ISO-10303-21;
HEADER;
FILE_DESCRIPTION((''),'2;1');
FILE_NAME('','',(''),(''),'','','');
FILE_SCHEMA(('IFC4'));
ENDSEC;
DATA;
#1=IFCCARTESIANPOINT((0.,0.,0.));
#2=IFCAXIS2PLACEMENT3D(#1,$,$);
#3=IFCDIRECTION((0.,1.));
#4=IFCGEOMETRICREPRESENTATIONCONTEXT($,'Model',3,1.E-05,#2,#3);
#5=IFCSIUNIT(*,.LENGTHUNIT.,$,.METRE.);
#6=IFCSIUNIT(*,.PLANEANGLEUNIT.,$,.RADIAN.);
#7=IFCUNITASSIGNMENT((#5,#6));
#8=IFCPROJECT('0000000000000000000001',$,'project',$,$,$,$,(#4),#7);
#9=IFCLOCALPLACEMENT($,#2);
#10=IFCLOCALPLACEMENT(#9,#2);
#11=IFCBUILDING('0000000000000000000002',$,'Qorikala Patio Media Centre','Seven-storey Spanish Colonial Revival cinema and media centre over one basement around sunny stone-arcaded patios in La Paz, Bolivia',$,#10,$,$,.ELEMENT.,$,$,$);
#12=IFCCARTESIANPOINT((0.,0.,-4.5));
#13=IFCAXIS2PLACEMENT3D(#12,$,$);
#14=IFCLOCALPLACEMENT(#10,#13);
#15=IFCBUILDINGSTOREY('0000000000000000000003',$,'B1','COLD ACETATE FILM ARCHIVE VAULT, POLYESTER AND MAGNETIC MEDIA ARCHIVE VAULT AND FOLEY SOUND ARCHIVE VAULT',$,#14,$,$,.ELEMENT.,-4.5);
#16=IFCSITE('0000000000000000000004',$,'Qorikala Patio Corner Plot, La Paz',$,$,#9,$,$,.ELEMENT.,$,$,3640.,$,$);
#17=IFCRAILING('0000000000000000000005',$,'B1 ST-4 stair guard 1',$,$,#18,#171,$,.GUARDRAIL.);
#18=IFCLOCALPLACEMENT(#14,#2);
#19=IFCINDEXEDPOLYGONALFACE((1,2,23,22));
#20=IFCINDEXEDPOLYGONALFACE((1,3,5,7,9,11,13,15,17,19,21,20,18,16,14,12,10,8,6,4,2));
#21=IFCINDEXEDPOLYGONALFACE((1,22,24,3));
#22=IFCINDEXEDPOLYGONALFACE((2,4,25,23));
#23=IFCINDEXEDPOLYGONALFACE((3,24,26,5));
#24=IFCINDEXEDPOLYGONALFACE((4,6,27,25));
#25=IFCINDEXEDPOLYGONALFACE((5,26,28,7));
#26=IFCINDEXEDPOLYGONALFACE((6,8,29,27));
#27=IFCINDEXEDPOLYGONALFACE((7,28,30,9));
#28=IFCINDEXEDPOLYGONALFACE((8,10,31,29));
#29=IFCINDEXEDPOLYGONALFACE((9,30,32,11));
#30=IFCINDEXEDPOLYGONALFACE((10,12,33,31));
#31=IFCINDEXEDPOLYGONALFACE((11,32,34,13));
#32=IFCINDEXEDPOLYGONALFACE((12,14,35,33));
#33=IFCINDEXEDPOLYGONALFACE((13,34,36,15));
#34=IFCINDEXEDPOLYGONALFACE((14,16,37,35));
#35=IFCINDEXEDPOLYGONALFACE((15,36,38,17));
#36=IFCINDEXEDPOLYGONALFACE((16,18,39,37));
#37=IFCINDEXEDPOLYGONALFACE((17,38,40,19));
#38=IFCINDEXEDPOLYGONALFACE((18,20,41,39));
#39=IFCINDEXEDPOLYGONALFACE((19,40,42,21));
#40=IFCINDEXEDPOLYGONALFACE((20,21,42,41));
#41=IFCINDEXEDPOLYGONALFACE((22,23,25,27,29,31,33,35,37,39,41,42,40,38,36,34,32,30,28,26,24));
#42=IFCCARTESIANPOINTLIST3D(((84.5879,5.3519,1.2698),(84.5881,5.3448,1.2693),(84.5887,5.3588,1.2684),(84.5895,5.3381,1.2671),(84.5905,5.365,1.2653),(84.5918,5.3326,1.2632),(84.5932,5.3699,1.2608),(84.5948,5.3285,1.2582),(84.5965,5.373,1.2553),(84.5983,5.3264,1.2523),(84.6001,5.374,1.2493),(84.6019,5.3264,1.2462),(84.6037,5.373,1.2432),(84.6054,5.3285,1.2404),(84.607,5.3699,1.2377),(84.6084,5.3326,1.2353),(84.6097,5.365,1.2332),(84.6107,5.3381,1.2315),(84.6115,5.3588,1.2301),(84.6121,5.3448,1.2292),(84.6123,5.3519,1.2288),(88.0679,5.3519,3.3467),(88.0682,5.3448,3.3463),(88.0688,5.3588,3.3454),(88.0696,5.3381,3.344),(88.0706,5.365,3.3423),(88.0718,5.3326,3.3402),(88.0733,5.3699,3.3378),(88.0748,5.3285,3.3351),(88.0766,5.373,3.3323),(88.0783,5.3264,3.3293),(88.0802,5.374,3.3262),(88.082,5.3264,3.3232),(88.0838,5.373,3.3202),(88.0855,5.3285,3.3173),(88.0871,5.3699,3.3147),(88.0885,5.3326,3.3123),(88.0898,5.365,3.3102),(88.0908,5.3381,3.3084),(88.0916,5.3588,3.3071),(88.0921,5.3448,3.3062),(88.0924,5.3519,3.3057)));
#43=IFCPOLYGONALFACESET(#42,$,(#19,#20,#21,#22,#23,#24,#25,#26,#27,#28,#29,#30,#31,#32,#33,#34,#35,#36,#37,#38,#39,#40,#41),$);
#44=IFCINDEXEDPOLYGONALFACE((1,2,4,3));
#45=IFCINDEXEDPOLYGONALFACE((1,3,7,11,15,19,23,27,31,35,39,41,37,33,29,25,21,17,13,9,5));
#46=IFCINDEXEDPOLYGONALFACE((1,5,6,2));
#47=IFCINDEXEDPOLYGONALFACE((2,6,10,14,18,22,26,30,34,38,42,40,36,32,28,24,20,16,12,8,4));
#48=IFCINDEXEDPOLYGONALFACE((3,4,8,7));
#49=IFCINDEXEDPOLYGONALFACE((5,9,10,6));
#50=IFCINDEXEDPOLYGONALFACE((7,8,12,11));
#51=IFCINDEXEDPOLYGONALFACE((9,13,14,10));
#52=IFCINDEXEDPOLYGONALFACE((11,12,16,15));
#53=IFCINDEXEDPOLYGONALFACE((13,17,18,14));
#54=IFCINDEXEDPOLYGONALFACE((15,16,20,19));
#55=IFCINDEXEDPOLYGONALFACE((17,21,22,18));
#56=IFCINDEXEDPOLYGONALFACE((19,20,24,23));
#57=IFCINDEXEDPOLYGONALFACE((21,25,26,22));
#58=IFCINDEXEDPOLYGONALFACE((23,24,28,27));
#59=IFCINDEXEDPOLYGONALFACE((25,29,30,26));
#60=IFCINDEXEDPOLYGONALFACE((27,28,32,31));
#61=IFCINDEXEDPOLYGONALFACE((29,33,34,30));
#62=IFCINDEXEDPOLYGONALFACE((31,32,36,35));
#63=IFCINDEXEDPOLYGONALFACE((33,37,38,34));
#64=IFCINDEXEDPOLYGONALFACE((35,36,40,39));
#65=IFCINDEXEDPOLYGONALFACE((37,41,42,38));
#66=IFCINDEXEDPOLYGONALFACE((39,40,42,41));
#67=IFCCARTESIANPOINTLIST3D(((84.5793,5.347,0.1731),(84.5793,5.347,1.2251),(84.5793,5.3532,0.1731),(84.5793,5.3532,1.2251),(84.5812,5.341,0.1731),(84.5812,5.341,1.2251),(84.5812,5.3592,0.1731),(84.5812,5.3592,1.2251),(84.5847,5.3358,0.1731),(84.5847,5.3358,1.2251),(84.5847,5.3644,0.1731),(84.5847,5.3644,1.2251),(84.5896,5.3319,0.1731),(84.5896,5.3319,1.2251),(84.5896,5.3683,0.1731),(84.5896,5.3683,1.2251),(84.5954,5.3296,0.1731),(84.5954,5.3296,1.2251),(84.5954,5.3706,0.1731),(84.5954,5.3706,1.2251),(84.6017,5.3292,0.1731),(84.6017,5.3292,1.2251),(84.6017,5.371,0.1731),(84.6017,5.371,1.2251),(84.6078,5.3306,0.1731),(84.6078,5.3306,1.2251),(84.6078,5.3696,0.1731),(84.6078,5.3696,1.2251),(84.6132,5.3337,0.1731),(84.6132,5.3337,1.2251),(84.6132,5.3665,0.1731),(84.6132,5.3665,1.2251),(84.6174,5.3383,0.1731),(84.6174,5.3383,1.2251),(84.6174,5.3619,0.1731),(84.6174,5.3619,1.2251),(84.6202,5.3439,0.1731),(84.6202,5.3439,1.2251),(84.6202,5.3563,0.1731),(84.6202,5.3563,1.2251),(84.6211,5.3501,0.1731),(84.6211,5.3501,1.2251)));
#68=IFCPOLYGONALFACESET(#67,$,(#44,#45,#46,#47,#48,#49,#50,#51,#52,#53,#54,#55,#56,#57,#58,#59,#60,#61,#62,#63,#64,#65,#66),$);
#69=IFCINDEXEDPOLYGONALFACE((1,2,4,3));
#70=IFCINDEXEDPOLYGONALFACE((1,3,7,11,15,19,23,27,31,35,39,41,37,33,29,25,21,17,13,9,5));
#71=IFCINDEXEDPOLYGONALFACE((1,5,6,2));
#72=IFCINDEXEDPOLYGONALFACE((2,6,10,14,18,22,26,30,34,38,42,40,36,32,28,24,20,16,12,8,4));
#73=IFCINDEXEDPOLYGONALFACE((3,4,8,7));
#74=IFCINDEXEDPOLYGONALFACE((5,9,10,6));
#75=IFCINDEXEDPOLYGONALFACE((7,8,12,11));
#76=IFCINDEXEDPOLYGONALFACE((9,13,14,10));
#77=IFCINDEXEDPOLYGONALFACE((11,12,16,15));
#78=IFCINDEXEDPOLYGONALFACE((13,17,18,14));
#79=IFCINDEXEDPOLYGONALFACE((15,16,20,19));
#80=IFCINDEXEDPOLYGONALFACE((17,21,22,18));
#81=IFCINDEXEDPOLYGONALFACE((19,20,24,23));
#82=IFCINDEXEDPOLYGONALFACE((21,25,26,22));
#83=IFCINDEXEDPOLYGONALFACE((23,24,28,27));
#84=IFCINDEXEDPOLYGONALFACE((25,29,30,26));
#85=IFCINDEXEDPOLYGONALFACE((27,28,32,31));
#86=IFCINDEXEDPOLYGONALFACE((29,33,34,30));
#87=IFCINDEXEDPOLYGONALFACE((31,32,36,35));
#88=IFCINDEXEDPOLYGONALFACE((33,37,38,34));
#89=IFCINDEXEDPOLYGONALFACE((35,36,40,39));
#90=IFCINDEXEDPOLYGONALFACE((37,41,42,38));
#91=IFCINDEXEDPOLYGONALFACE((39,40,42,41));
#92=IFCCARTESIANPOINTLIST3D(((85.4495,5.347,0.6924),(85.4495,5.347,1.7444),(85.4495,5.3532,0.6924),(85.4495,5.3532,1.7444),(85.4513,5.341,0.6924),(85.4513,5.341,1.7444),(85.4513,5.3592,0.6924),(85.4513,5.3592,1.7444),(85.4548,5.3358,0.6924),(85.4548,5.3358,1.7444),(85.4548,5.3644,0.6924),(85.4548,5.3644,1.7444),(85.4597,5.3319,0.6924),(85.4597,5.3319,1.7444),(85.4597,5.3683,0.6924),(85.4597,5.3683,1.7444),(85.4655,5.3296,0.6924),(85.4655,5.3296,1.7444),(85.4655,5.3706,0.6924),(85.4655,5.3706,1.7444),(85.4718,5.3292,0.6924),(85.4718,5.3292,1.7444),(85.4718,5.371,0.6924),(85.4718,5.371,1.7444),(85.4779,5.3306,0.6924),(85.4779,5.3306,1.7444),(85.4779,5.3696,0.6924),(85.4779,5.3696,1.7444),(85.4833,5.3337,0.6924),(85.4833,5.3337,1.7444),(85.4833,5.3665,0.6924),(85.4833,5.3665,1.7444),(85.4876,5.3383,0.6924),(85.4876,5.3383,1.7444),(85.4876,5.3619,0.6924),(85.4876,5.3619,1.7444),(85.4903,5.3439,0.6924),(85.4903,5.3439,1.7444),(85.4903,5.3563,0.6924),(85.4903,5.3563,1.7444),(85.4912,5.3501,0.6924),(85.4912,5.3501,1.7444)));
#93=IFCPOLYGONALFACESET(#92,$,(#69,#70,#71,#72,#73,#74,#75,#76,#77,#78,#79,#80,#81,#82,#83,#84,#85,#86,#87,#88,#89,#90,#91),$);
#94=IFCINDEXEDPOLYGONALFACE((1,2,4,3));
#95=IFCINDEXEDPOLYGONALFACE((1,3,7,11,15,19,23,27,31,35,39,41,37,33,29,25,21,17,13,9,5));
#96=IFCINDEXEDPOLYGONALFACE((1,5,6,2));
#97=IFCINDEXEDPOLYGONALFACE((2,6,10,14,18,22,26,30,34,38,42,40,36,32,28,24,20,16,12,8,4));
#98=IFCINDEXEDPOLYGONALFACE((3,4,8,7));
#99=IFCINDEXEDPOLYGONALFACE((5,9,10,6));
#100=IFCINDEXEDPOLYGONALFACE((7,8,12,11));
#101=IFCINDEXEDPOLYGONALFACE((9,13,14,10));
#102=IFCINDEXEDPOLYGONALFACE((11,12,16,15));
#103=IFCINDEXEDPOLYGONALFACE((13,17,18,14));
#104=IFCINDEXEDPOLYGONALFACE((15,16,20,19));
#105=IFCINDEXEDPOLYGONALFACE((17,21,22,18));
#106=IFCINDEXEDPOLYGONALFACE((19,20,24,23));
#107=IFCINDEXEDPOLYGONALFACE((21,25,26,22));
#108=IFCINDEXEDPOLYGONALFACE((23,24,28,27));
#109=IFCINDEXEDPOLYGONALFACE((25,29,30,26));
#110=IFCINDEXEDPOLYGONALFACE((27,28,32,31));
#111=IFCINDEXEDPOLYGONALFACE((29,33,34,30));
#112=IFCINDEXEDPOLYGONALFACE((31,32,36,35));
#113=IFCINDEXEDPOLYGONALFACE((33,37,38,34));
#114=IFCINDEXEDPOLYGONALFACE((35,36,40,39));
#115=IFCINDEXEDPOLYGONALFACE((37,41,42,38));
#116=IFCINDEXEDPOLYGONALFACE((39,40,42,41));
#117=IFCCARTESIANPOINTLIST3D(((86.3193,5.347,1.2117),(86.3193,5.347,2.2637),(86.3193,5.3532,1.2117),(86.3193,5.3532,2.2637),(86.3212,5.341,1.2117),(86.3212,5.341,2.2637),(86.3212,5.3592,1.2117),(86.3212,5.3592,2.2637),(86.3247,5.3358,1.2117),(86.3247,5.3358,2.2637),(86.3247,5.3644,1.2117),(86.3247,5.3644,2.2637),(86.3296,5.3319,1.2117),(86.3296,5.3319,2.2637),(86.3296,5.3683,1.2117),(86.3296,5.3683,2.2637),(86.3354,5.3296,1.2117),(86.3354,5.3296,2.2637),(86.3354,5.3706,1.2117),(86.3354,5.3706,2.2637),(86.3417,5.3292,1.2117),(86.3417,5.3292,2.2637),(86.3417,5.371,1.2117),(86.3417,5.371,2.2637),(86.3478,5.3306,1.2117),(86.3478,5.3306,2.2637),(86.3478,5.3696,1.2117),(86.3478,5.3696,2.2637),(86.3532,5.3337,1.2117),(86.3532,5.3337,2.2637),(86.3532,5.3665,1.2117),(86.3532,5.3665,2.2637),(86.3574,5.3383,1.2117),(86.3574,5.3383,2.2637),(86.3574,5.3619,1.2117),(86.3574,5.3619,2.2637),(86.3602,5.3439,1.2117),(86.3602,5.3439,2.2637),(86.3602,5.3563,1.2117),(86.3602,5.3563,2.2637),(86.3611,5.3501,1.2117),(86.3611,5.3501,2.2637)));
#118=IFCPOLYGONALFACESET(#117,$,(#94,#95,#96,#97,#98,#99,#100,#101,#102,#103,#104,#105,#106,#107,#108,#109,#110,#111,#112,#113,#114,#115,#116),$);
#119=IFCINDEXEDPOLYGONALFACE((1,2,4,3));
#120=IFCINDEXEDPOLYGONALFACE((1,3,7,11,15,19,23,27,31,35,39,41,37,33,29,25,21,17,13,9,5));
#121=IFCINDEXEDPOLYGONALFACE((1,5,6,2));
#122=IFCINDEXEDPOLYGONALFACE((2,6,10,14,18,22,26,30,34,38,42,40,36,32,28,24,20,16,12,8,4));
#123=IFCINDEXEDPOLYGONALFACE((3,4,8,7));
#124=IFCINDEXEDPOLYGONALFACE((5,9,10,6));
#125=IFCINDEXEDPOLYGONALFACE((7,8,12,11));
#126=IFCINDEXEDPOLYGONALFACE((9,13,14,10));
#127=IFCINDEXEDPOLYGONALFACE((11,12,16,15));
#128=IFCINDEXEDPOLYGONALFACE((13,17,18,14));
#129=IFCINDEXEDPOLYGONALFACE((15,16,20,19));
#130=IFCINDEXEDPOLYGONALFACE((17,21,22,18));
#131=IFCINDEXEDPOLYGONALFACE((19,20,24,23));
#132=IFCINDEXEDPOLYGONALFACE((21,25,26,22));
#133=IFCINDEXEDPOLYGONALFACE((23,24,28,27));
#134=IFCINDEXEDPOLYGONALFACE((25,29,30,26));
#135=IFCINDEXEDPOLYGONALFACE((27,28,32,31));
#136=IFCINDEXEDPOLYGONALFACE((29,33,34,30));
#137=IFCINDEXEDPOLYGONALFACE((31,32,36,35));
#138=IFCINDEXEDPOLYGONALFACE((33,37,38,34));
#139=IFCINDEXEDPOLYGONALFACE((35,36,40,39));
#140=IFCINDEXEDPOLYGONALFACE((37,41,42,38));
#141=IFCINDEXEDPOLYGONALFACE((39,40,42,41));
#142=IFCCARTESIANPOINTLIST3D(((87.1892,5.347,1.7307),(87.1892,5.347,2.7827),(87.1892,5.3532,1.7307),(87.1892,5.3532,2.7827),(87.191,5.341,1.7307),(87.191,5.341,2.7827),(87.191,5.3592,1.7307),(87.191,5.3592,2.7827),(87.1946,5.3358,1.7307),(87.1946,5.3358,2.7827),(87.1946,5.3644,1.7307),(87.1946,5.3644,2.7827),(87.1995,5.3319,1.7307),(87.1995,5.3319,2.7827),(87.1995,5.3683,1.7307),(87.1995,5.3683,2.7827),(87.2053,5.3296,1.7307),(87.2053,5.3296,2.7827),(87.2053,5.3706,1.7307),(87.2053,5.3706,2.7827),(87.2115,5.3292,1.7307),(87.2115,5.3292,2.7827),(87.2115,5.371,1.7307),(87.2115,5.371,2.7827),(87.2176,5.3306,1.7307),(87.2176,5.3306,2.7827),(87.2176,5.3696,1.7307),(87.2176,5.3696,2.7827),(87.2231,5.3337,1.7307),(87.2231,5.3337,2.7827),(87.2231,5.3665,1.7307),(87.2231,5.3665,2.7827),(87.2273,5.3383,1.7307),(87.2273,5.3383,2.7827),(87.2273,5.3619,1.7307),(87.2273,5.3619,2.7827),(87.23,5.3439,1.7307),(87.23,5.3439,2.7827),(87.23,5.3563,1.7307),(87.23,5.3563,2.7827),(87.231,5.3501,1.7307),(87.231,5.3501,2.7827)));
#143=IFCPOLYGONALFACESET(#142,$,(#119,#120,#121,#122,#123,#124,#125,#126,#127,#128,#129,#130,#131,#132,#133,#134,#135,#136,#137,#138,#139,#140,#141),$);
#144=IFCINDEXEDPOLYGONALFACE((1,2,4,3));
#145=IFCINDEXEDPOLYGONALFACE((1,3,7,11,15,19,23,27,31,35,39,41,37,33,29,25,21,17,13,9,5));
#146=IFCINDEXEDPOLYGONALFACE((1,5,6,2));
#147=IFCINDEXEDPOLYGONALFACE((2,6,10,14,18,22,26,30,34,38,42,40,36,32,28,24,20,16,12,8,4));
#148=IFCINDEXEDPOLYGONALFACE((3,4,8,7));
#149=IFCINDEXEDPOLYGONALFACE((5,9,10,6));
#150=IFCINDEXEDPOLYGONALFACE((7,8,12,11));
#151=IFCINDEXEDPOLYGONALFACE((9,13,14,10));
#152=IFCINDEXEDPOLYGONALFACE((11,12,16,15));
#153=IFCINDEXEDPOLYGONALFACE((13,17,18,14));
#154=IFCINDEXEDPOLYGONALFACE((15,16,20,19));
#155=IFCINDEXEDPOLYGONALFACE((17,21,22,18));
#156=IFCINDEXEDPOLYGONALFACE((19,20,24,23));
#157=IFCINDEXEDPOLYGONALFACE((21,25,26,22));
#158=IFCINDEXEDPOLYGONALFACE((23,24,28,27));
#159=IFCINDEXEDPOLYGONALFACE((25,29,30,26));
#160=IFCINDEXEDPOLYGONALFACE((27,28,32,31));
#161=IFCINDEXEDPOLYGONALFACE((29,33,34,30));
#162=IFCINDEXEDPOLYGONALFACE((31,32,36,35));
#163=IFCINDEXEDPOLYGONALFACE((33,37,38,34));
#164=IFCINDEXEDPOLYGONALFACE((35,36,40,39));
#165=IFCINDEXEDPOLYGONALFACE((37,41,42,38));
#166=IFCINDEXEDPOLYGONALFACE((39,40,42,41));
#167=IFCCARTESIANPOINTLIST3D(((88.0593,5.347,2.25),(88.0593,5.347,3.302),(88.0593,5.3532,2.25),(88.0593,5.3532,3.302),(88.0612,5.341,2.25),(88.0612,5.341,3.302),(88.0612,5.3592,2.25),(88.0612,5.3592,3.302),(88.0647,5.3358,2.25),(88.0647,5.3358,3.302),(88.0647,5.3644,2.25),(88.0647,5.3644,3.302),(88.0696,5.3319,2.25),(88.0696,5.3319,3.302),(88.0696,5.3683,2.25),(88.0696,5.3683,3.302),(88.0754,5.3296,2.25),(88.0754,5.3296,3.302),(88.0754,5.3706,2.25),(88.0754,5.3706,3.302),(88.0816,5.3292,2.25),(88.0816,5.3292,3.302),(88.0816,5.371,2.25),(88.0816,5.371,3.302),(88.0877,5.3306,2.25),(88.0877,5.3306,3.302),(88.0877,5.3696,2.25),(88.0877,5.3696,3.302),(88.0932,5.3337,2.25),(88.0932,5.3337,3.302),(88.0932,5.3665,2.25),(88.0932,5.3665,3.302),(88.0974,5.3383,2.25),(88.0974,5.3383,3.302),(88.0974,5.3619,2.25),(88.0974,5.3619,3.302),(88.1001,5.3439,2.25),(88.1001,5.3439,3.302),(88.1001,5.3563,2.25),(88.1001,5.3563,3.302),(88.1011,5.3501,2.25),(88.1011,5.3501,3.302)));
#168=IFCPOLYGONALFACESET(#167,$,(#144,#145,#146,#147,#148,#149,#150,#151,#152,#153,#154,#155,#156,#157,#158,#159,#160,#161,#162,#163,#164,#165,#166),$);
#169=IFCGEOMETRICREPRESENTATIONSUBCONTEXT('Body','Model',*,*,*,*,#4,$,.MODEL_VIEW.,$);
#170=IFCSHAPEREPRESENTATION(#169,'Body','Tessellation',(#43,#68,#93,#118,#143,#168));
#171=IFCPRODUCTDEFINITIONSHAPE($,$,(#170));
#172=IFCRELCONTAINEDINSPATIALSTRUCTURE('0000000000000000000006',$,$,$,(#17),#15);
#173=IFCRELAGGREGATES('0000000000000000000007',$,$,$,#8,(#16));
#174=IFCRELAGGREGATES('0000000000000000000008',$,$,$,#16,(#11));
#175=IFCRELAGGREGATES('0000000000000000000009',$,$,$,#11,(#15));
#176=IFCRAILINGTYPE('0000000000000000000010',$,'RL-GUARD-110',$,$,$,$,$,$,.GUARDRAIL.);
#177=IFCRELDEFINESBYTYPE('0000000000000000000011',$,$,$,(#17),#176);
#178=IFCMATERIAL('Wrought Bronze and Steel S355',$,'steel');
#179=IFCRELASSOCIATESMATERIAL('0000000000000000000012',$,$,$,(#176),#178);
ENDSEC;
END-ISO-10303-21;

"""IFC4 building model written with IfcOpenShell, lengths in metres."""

from ifc_helpers import new_model, si_unit, direction, frame, origin, origin_2d, place, context, subcontext, project, spatial, circle, extrude, material, type_object, element, save


model = new_model("IFC4")

# Units and contexts
model_context = context("Model", 3, precision=1e-05, world=origin(), true_north=direction((0.0, 1.0)))
body_context = subcontext(model_context, "Body", "Model", "MODEL_VIEW")
ifc_project = project(units=[si_unit("LENGTHUNIT", "METRE"), si_unit("PLANEANGLEUNIT", "RADIAN")], contexts=[model_context])

# Site, building, storey
site_placement = place(None, origin())
site = spatial("IfcSite", under=ifc_project, at=site_placement, Name="Qorikala Patio Corner Plot, La Paz", CompositionType="ELEMENT", RefElevation=3640.0)
building_placement = place(site_placement, origin())
building = spatial("IfcBuilding", under=site, at=building_placement, Name="Qorikala Patio Media Centre", Description="Seven-storey Spanish Colonial Revival cinema and media centre over one basement around sunny stone-arcaded patios in La Paz, Bolivia", CompositionType="ELEMENT")
storey_placement = place(building_placement, frame((0.0, 0.0, -4.5)))
storey = spatial("IfcBuildingStorey", under=building, at=storey_placement, Name="B1", Description="COLD ACETATE FILM ARCHIVE VAULT, POLYESTER AND MAGNETIC MEDIA ARCHIVE VAULT AND FOLEY SOUND ARCHIVE VAULT", CompositionType="ELEMENT", Elevation=-4.5)

# Railing
ifc_material_1 = material(Name="Wrought Bronze and Steel S355", Category="steel")
railing_type_1 = type_object("IfcRailingType", Name="RL-GUARD-110", PredefinedType="GUARDRAIL", material=ifc_material_1)
railing_1_placement = place(storey_placement, frame((84.6001, 5.3501, 0.1731)))
element("IfcRailing", 1, at=railing_1_placement, inside=storey, type_object=railing_type_1, Name="B1 ST-4 stair guard 1", PredefinedType="GUARDRAIL", context=body_context, shape_type="SweptSolid", body=[
    extrude(circle(Radius=0.0239, at=origin_2d()), frame((0.0, 0.0, 1.0762), z_axis=(0.858697, 0.0, 0.512483), x_axis=(0.0, 1.0, 0.0)), (0.0, 0.0, 1.0), 4.0527),
    extrude(circle(Radius=0.021, at=origin_2d()), origin(), (0.0, 0.0, 1.0), 1.052),
    extrude(circle(Radius=0.021, at=origin_2d()), frame((0.8701, 0.0, 0.5193)), (0.0, 0.0, 1.0), 1.052),
    extrude(circle(Radius=0.021, at=origin_2d()), frame((1.74, 0.0, 1.0386)), (0.0, 0.0, 1.0), 1.052),
    extrude(circle(Radius=0.021, at=origin_2d()), frame((2.6099, 0.0, 1.5576)), (0.0, 0.0, 1.0), 1.052),
    extrude(circle(Radius=0.021, at=origin_2d()), frame((3.48, 0.0, 2.0769)), (0.0, 0.0, 1.0), 1.052),
])

save(model, "model.ifc")
